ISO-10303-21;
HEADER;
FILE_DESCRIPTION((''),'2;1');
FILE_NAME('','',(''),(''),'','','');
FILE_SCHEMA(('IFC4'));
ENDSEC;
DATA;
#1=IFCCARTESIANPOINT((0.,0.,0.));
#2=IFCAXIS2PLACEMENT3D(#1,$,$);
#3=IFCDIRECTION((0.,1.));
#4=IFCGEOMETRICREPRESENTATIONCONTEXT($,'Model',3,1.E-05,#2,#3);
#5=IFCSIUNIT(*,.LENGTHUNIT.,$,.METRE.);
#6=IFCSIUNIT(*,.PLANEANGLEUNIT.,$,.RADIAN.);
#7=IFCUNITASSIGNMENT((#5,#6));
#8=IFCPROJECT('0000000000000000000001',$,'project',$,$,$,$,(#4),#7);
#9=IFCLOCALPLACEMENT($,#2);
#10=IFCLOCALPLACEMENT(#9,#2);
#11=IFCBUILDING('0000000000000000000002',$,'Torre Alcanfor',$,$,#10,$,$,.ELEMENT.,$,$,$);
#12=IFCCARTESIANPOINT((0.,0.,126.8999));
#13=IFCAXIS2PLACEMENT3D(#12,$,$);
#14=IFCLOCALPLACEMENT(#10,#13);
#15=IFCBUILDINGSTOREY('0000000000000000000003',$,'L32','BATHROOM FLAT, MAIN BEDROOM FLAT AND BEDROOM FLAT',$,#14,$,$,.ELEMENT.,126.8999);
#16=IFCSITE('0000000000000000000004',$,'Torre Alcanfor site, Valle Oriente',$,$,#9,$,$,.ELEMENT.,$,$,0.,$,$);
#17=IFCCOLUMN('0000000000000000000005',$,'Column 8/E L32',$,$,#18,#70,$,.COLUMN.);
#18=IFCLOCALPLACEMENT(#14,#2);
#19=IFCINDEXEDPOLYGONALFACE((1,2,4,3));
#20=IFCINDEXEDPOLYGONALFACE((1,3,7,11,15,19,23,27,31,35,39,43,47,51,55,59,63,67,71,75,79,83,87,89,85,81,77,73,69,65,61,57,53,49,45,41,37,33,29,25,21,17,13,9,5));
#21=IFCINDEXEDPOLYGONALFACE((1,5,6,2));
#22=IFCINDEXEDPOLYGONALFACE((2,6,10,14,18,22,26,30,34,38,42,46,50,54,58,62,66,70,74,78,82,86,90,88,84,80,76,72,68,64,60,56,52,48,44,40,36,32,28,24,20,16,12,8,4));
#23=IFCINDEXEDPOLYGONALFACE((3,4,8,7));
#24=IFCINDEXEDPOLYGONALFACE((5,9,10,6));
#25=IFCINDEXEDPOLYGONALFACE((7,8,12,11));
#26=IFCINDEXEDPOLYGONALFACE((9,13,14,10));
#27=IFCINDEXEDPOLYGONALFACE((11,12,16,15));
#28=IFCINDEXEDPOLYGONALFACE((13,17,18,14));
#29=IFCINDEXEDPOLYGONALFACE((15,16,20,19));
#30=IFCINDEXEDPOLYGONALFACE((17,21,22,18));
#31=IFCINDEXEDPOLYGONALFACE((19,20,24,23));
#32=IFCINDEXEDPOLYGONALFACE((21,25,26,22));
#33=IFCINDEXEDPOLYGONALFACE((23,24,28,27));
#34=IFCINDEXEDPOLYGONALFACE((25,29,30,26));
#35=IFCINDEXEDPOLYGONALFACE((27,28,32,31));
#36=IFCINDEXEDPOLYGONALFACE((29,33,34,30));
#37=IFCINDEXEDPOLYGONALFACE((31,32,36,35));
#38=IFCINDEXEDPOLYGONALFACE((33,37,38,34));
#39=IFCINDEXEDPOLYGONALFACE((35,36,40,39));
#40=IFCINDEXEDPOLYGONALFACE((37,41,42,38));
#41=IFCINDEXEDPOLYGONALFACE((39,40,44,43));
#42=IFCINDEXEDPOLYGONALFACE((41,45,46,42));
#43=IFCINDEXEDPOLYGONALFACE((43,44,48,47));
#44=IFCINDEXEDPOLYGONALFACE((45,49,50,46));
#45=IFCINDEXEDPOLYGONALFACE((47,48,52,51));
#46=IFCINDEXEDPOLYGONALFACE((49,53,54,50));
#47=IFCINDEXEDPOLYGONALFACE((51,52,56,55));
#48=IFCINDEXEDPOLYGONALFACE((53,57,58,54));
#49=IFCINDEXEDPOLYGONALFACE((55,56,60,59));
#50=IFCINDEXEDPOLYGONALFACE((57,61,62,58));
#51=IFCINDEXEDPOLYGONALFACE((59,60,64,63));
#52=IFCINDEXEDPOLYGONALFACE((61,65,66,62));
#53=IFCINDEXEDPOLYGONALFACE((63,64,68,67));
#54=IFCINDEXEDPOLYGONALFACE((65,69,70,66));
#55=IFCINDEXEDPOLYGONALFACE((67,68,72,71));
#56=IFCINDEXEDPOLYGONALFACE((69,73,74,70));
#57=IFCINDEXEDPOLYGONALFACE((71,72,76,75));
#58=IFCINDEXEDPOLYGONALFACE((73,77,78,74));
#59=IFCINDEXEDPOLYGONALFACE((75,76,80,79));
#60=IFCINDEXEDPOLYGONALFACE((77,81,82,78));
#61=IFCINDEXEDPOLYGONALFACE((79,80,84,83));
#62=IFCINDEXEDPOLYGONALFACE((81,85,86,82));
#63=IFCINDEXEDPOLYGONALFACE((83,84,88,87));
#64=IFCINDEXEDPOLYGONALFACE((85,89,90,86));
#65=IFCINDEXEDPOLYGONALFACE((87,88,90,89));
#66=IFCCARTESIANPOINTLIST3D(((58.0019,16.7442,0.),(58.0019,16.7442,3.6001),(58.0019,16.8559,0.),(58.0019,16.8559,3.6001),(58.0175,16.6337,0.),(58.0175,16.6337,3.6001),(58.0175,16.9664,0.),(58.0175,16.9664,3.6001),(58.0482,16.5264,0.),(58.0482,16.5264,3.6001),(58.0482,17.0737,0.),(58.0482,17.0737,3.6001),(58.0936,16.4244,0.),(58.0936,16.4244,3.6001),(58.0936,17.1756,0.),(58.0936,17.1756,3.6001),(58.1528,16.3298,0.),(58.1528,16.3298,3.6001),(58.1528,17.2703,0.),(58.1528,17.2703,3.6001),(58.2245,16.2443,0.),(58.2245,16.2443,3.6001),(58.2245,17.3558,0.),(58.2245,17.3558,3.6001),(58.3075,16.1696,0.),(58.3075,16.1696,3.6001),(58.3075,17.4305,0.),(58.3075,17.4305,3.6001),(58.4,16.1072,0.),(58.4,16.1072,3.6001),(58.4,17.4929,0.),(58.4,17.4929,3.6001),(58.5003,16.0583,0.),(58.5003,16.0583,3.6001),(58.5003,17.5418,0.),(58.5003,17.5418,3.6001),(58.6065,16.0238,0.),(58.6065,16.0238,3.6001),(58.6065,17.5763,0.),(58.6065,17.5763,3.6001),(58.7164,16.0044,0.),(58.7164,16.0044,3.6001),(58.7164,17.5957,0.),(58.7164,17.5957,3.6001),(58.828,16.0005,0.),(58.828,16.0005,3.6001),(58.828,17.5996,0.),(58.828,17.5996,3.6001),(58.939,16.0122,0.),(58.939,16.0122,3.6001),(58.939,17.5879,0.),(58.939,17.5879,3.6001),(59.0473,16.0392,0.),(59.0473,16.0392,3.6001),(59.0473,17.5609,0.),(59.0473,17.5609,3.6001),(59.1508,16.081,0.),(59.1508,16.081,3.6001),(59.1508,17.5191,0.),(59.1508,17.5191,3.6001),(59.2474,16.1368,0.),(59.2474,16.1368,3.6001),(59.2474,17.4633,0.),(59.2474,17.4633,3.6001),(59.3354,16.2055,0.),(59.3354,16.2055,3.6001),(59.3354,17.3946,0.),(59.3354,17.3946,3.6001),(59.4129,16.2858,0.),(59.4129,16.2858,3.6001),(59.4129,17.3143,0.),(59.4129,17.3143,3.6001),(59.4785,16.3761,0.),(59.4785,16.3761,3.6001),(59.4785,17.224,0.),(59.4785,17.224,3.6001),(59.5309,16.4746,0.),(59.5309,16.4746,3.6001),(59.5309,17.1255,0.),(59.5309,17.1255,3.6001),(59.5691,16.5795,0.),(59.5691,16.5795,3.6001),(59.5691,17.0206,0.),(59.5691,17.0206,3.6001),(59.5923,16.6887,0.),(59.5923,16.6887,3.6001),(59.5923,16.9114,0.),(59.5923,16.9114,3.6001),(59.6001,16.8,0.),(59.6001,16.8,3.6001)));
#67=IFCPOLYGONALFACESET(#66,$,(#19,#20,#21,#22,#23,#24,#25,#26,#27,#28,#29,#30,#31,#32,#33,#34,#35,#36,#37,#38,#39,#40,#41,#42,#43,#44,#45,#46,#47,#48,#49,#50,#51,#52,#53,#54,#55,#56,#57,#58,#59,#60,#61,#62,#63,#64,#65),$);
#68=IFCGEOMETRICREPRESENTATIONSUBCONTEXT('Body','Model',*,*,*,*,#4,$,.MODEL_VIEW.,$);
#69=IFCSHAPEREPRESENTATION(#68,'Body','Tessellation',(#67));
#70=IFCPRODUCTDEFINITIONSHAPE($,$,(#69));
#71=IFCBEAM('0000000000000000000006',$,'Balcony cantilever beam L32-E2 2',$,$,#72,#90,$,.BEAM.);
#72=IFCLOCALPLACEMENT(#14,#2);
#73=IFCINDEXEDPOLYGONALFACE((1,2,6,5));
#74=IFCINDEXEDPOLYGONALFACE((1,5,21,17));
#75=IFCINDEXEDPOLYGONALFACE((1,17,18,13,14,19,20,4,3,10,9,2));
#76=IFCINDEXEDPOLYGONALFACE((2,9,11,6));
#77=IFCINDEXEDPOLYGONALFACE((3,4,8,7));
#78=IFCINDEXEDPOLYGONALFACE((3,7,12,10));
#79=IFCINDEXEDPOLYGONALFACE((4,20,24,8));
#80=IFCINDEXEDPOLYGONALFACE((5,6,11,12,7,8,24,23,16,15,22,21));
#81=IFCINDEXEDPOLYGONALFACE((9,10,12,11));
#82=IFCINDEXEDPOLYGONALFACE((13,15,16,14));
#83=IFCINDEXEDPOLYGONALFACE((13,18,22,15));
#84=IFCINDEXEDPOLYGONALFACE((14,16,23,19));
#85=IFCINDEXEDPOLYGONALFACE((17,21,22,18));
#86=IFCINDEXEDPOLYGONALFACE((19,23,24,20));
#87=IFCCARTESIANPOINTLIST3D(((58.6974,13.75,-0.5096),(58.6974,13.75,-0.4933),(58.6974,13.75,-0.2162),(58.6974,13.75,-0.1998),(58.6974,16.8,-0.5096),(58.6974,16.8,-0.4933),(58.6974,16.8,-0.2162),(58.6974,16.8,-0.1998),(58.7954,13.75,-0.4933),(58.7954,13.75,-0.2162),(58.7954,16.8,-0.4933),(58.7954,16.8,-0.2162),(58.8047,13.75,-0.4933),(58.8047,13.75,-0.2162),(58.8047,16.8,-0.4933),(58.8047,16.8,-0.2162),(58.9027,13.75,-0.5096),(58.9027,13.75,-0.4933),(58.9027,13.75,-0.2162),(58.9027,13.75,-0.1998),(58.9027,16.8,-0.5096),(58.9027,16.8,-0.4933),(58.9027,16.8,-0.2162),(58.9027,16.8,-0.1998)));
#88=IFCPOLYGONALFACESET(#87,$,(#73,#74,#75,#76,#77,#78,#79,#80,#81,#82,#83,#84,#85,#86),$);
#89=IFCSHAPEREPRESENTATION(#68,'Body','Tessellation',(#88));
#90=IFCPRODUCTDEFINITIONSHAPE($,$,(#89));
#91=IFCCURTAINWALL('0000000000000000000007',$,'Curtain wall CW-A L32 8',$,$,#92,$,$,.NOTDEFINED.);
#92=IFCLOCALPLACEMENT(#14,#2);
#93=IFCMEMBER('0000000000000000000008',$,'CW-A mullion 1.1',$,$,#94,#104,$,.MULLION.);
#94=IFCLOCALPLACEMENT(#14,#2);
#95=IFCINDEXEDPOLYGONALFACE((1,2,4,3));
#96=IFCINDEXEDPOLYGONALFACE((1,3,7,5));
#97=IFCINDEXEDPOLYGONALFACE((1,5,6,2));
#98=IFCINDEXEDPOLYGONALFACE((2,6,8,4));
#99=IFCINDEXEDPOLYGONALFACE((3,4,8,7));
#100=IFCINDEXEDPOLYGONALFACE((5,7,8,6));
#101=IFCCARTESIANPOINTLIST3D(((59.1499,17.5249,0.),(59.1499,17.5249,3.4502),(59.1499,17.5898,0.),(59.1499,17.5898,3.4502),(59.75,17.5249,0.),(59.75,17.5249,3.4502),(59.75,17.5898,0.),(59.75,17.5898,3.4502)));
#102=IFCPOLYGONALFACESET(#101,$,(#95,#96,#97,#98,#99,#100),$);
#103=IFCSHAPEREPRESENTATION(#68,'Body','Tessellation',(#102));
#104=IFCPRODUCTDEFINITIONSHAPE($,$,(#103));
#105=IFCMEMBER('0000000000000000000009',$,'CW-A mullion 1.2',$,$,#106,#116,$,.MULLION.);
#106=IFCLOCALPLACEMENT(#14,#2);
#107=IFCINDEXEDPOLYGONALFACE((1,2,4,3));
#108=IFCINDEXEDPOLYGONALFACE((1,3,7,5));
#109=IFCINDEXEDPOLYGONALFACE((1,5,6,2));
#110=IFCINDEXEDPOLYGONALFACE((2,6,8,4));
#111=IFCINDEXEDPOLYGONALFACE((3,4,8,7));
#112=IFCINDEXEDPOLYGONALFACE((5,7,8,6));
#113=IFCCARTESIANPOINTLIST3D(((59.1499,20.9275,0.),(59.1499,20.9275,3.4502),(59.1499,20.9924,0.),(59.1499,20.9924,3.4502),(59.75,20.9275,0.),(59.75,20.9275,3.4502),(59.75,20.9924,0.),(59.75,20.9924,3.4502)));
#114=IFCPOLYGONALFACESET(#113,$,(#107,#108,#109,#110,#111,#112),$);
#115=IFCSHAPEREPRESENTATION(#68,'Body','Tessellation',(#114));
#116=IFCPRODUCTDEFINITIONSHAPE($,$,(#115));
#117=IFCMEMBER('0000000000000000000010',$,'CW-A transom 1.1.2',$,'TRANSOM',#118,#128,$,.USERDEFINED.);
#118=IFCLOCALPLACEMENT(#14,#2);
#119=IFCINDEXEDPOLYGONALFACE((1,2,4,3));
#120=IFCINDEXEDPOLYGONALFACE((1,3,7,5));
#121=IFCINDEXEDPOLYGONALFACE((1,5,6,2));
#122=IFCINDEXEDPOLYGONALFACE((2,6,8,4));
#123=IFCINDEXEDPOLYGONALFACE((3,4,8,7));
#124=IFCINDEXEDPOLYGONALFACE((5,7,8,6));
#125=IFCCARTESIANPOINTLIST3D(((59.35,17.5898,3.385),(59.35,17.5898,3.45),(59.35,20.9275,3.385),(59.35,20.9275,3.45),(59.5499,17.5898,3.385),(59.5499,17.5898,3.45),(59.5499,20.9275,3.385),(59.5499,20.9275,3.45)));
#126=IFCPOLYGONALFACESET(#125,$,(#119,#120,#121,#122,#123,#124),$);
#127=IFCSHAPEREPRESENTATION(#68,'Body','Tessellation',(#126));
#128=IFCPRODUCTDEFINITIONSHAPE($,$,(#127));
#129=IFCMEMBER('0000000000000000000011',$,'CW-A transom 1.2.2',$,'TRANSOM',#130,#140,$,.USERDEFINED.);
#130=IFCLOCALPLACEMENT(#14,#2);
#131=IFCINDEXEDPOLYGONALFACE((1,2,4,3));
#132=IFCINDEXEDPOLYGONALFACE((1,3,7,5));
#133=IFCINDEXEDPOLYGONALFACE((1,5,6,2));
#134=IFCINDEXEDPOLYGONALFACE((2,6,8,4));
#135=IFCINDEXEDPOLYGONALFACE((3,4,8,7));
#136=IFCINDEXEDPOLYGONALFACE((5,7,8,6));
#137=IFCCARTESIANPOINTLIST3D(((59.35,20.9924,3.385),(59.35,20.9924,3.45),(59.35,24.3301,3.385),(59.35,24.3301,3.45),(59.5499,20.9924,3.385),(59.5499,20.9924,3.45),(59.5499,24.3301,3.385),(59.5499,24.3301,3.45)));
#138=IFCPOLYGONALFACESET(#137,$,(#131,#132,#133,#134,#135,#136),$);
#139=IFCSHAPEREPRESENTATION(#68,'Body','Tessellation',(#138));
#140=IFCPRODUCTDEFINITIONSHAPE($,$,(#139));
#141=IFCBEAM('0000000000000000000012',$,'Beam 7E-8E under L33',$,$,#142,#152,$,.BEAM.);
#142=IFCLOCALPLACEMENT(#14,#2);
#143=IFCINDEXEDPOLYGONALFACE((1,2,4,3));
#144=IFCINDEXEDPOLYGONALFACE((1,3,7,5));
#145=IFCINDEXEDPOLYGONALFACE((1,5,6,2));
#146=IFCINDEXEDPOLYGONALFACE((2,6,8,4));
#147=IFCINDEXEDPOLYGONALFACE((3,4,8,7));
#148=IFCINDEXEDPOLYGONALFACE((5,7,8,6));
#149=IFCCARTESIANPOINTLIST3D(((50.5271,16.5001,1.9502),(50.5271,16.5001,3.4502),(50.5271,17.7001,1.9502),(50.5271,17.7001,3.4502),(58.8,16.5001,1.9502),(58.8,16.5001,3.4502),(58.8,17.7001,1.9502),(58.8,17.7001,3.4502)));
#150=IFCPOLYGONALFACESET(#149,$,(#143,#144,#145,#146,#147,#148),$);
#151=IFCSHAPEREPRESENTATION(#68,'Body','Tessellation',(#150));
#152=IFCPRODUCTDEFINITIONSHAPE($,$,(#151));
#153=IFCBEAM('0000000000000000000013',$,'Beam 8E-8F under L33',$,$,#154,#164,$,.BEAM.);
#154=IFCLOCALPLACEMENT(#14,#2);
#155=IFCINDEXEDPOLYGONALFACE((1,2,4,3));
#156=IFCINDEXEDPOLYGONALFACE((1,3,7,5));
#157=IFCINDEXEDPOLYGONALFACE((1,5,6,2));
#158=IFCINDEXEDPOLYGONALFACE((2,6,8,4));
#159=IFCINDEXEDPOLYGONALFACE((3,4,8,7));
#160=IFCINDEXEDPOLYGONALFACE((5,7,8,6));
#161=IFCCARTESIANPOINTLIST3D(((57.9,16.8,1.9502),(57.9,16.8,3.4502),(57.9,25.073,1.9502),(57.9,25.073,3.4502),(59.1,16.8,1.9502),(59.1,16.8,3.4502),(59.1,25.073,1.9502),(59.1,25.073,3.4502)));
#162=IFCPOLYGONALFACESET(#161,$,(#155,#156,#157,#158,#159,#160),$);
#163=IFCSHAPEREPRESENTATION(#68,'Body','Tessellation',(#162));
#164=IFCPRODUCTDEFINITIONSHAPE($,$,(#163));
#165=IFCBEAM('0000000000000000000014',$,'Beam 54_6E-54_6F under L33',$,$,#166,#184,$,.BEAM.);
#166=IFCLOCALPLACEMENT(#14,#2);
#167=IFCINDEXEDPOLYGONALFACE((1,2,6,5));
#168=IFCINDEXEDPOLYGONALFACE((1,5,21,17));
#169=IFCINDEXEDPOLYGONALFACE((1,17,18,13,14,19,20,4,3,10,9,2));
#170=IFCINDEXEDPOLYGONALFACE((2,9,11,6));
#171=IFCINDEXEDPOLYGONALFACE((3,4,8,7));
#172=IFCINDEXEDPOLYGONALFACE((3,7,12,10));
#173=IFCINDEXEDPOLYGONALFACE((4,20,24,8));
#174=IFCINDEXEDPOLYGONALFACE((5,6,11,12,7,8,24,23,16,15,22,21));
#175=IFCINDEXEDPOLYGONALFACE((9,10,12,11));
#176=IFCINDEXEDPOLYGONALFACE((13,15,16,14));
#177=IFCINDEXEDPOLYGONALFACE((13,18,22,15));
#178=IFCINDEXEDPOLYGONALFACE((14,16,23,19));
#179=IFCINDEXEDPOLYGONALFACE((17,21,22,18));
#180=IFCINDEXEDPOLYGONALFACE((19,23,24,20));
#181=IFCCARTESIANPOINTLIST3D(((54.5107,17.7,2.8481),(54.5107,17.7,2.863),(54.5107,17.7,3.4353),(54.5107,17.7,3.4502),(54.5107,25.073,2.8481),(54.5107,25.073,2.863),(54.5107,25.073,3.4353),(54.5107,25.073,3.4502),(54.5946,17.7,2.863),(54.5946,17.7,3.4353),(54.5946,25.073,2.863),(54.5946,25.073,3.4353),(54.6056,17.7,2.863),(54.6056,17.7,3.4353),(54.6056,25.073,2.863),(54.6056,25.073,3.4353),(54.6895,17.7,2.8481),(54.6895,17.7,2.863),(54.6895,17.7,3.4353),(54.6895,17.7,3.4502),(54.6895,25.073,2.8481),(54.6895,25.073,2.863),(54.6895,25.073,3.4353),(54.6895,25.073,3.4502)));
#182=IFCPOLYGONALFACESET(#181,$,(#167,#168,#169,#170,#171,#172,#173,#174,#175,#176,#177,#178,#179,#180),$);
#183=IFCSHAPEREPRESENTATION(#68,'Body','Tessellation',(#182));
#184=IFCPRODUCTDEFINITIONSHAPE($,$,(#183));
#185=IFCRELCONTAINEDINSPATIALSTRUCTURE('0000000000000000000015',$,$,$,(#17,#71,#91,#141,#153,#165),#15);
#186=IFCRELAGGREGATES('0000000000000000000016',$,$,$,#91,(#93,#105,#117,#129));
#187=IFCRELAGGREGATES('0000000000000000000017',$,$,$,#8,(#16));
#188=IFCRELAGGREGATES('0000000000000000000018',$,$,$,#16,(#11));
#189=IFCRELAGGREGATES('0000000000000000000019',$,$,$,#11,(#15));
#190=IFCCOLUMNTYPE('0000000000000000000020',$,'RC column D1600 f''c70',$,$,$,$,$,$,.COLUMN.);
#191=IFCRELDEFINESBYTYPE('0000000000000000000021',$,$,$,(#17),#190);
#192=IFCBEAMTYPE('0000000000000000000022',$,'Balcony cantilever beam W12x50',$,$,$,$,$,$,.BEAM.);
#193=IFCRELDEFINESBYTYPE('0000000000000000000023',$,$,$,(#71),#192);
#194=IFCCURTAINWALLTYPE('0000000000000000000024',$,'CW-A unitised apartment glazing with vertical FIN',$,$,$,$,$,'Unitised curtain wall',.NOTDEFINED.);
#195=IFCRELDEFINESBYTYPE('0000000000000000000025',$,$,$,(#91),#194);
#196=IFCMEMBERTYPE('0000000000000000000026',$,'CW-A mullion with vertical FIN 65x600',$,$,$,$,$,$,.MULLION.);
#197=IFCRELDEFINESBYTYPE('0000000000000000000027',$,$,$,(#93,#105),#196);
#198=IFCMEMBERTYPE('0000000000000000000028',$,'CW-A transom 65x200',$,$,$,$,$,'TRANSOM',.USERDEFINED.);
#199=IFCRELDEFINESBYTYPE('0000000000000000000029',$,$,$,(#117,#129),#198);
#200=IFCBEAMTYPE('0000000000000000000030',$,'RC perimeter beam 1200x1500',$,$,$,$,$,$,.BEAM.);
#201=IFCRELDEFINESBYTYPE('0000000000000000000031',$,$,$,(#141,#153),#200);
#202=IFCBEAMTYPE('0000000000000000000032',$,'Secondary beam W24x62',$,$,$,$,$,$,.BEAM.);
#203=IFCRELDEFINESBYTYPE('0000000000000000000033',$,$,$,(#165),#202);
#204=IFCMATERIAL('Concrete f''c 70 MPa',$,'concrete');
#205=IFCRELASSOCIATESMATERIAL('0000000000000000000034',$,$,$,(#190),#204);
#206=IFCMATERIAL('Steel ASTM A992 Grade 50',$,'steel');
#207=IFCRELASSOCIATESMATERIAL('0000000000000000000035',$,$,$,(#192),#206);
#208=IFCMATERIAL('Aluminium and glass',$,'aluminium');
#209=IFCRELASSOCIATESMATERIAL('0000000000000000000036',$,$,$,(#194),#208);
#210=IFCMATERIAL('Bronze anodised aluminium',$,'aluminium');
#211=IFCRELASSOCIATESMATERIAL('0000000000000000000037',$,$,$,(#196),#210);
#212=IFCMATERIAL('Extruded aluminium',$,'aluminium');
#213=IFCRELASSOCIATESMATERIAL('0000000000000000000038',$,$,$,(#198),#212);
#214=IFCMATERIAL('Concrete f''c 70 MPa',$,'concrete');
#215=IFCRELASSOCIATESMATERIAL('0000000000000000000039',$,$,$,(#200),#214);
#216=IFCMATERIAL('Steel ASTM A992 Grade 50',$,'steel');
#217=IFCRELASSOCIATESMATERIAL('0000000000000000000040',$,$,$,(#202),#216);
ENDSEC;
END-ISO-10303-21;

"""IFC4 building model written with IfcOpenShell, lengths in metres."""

from ifc_helpers import new_model, si_unit, direction, frame, origin, origin_2d, place, context, subcontext, project, spatial, rectangle, circle, i_section, extrude, material, material_profile, profile_set, type_object, element, aggregate, save


model = new_model("IFC4")

# Units and contexts
model_context = context("Model", 3, precision=1e-05, world=origin(), true_north=direction((0.0, 1.0)))
body_context = subcontext(model_context, "Body", "Model", "MODEL_VIEW")
ifc_project = project(units=[si_unit("LENGTHUNIT", "METRE"), si_unit("PLANEANGLEUNIT", "RADIAN")], contexts=[model_context])

# Site, building, storey
site_placement = place(None, origin())
site = spatial("IfcSite", under=ifc_project, at=site_placement, Name="Torre Alcanfor site, Valle Oriente", CompositionType="ELEMENT", RefElevation=0.0)
building_placement = place(site_placement, origin())
building = spatial("IfcBuilding", under=site, at=building_placement, Name="Torre Alcanfor", CompositionType="ELEMENT")
storey_placement = place(building_placement, frame((0.0, 0.0, 126.8999)))
storey = spatial("IfcBuildingStorey", under=building, at=storey_placement, Name="L32", Description="BATHROOM FLAT, MAIN BEDROOM FLAT AND BEDROOM FLAT", CompositionType="ELEMENT", Elevation=126.8999)

# Column
ifc_material_1 = material(Name="Concrete f'c 70 MPa", Category="concrete")
ifc_material_profile_1 = material_profile(ifc_material_1, circle(Radius=0.8, at=origin_2d()), Name="D1600")
ifc_profile_set_1 = profile_set([ifc_material_profile_1], Name="Concrete f'c 70 MPa")
column_type = type_object("IfcColumnType", Name="RC column D1600 f'c70", PredefinedType="COLUMN", material=ifc_profile_set_1)
column_placement = place(storey_placement, frame((58.8, 16.8, 0.0), z_axis=(0.0, 0.0, 1.0), x_axis=(1.0, 0.0, 0.0)))
element("IfcColumn", 1, at=column_placement, inside=storey, type_object=column_type, Name="Column 8/E L32", PredefinedType="COLUMN", context=body_context, shape_type="SweptSolid", body=[
    extrude(circle(Radius=0.8, at=origin_2d()), origin(), (0.0, 0.0, 1.0), 3.6001),
])

# Beam
ifc_material_2 = material(Name="Steel ASTM A992 Grade 50", Category="steel")
ifc_material_profile_2 = material_profile(ifc_material_2, i_section(OverallWidth=0.2053, OverallDepth=0.3098, WebThickness=0.0093, FlangeThickness=0.0164, at=origin_2d()), Name="W12x50")
ifc_profile_set_2 = profile_set([ifc_material_profile_2], Name="Steel ASTM A992 Grade 50")
beam_type_1 = type_object("IfcBeamType", Name="Balcony cantilever beam W12x50", PredefinedType="BEAM", material=ifc_profile_set_2)
beam_1_placement = place(storey_placement, frame((58.8, 16.8, -0.3547), z_axis=(0.0, -1.0, 0.0), x_axis=(1.0, 0.0, 0.0)))
element("IfcBeam", 2, at=beam_1_placement, inside=storey, type_object=beam_type_1, Name="Balcony cantilever beam L32-E2 2", PredefinedType="BEAM", context=body_context, shape_type="SweptSolid", body=[
    extrude(i_section(OverallWidth=0.2053, OverallDepth=0.3098, WebThickness=0.0093, FlangeThickness=0.0164, at=origin_2d()), origin(), (0.0, 0.0, 1.0), 3.05),
])

# Curtain wall, members
ifc_material_3 = material(Name="Aluminium and glass", Category="aluminium")
curtain_wall_type = type_object("IfcCurtainWallType", Name="CW-A unitised apartment glazing with vertical FIN", ElementType="Unitised curtain wall", PredefinedType="NOTDEFINED", material=ifc_material_3)
curtain_wall_placement = place(storey_placement, origin())
curtain_wall = element("IfcCurtainWall", 3, at=curtain_wall_placement, inside=storey, type_object=curtain_wall_type, Name="Curtain wall CW-A L32 8", PredefinedType="NOTDEFINED")
ifc_material_4 = material(Name="Bronze anodised aluminium", Category="aluminium")
ifc_material_profile_3 = material_profile(ifc_material_4, rectangle(XDim=0.6001, YDim=0.0649, at=origin_2d()), Name="CW-A mullion 65x600")
ifc_profile_set_3 = profile_set([ifc_material_profile_3], Name="Bronze anodised aluminium")
member_type_1 = type_object("IfcMemberType", Name="CW-A mullion with vertical FIN 65x600", PredefinedType="MULLION", material=ifc_profile_set_3)
member_1_placement = place(storey_placement, frame((59.45, 17.5574, 0.0), z_axis=(0.0, 0.0, 1.0), x_axis=(-1.0, 0.0, 0.0)))
member_1 = element("IfcMember", 4, at=member_1_placement, type_object=member_type_1, Name="CW-A mullion 1.1", PredefinedType="MULLION", context=body_context, shape_type="SweptSolid", body=[
    extrude(rectangle(XDim=0.6001, YDim=0.0649, at=origin_2d()), origin(), (0.0, 0.0, 1.0), 3.4502),
])
member_2_placement = place(storey_placement, frame((59.45, 20.96, 0.0), z_axis=(0.0, 0.0, 1.0), x_axis=(-1.0, 0.0, 0.0)))
member_2 = element("IfcMember", 5, at=member_2_placement, type_object=member_type_1, Name="CW-A mullion 1.2", PredefinedType="MULLION", context=body_context, shape_type="SweptSolid", body=[
    extrude(rectangle(XDim=0.6001, YDim=0.0649, at=origin_2d()), origin(), (0.0, 0.0, 1.0), 3.4502),
])
ifc_material_5 = material(Name="Extruded aluminium", Category="aluminium")
ifc_material_profile_4 = material_profile(ifc_material_5, rectangle(XDim=0.2, YDim=0.0649, at=origin_2d()), Name="CW-A transom 200x65")
ifc_profile_set_4 = profile_set([ifc_material_profile_4], Name="Extruded aluminium")
member_type_2 = type_object("IfcMemberType", Name="CW-A transom 65x200", ElementType="TRANSOM", PredefinedType="USERDEFINED", material=ifc_profile_set_4)
member_3_placement = place(storey_placement, frame((59.45, 17.5898, 3.4175), z_axis=(0.0, 1.0, 0.0), x_axis=(-1.0, 0.0, 0.0)))
member_3 = element("IfcMember", 6, at=member_3_placement, type_object=member_type_2, Name="CW-A transom 1.1.2", ObjectType="TRANSOM", PredefinedType="USERDEFINED", context=body_context, shape_type="SweptSolid", body=[
    extrude(rectangle(XDim=0.2, YDim=0.0649, at=origin_2d()), origin(), (0.0, 0.0, 1.0), 3.3376),
])
member_4_placement = place(storey_placement, frame((59.45, 20.9924, 3.4175), z_axis=(0.0, 1.0, 0.0), x_axis=(-1.0, 0.0, 0.0)))
member_4 = element("IfcMember", 7, at=member_4_placement, type_object=member_type_2, Name="CW-A transom 1.2.2", ObjectType="TRANSOM", PredefinedType="USERDEFINED", context=body_context, shape_type="SweptSolid", body=[
    extrude(rectangle(XDim=0.2, YDim=0.0649, at=origin_2d()), origin(), (0.0, 0.0, 1.0), 3.3376),
])

# Beams
ifc_material_6 = material(Name="Concrete f'c 70 MPa", Category="concrete")
ifc_material_profile_5 = material_profile(ifc_material_6, rectangle(XDim=1.2, YDim=1.5, at=origin_2d()), Name="1200x1500")
ifc_profile_set_5 = profile_set([ifc_material_profile_5], Name="Concrete f'c 70 MPa")
beam_type_2 = type_object("IfcBeamType", Name="RC perimeter beam 1200x1500", PredefinedType="BEAM", material=ifc_profile_set_5)
for number, where, z_axis, x_axis, name in (
    (8, (50.5271, 17.1001, 2.7002), (1.0, 0.0, 0.0), (0.0, 1.0, 0.0), "Beam 7E-8E under L33"),
    (9, (58.5, 16.8, 2.7002), (0.0, 1.0, 0.0), (-1.0, 0.0, 0.0), "Beam 8E-8F under L33"),
):
    element("IfcBeam", number, at=place(storey_placement, frame(where, z_axis=z_axis, x_axis=x_axis)), inside=storey, type_object=beam_type_2, Name=name, PredefinedType="BEAM", context=body_context, shape_type="SweptSolid", body=[
        extrude(rectangle(XDim=1.2, YDim=1.5, at=origin_2d()), origin(), (0.0, 0.0, 1.0), 8.2729),
    ])
ifc_material_7 = material(Name="Steel ASTM A992 Grade 50", Category="steel")
ifc_material_profile_6 = material_profile(ifc_material_7, i_section(OverallWidth=0.1787, OverallDepth=0.6021, WebThickness=0.011, FlangeThickness=0.0149, at=origin_2d()), Name="W24x62")
ifc_profile_set_6 = profile_set([ifc_material_profile_6], Name="Steel ASTM A992 Grade 50")
beam_type_3 = type_object("IfcBeamType", Name="Secondary beam W24x62", PredefinedType="BEAM", material=ifc_profile_set_6)
beam_2_placement = place(storey_placement, frame((54.6001, 17.7, 3.1492), z_axis=(0.0, 1.0, 0.0), x_axis=(-1.0, 0.0, 0.0)))
element("IfcBeam", 10, at=beam_2_placement, inside=storey, type_object=beam_type_3, Name="Beam 54_6E-54_6F under L33", PredefinedType="BEAM", context=body_context, shape_type="SweptSolid", body=[
    extrude(i_section(OverallWidth=0.1787, OverallDepth=0.6021, WebThickness=0.011, FlangeThickness=0.0149, at=origin_2d()), origin(), (0.0, 0.0, 1.0), 7.373),
])

aggregate(curtain_wall, [member_1, member_2, member_3, member_4])

save(model, "model.ifc")
